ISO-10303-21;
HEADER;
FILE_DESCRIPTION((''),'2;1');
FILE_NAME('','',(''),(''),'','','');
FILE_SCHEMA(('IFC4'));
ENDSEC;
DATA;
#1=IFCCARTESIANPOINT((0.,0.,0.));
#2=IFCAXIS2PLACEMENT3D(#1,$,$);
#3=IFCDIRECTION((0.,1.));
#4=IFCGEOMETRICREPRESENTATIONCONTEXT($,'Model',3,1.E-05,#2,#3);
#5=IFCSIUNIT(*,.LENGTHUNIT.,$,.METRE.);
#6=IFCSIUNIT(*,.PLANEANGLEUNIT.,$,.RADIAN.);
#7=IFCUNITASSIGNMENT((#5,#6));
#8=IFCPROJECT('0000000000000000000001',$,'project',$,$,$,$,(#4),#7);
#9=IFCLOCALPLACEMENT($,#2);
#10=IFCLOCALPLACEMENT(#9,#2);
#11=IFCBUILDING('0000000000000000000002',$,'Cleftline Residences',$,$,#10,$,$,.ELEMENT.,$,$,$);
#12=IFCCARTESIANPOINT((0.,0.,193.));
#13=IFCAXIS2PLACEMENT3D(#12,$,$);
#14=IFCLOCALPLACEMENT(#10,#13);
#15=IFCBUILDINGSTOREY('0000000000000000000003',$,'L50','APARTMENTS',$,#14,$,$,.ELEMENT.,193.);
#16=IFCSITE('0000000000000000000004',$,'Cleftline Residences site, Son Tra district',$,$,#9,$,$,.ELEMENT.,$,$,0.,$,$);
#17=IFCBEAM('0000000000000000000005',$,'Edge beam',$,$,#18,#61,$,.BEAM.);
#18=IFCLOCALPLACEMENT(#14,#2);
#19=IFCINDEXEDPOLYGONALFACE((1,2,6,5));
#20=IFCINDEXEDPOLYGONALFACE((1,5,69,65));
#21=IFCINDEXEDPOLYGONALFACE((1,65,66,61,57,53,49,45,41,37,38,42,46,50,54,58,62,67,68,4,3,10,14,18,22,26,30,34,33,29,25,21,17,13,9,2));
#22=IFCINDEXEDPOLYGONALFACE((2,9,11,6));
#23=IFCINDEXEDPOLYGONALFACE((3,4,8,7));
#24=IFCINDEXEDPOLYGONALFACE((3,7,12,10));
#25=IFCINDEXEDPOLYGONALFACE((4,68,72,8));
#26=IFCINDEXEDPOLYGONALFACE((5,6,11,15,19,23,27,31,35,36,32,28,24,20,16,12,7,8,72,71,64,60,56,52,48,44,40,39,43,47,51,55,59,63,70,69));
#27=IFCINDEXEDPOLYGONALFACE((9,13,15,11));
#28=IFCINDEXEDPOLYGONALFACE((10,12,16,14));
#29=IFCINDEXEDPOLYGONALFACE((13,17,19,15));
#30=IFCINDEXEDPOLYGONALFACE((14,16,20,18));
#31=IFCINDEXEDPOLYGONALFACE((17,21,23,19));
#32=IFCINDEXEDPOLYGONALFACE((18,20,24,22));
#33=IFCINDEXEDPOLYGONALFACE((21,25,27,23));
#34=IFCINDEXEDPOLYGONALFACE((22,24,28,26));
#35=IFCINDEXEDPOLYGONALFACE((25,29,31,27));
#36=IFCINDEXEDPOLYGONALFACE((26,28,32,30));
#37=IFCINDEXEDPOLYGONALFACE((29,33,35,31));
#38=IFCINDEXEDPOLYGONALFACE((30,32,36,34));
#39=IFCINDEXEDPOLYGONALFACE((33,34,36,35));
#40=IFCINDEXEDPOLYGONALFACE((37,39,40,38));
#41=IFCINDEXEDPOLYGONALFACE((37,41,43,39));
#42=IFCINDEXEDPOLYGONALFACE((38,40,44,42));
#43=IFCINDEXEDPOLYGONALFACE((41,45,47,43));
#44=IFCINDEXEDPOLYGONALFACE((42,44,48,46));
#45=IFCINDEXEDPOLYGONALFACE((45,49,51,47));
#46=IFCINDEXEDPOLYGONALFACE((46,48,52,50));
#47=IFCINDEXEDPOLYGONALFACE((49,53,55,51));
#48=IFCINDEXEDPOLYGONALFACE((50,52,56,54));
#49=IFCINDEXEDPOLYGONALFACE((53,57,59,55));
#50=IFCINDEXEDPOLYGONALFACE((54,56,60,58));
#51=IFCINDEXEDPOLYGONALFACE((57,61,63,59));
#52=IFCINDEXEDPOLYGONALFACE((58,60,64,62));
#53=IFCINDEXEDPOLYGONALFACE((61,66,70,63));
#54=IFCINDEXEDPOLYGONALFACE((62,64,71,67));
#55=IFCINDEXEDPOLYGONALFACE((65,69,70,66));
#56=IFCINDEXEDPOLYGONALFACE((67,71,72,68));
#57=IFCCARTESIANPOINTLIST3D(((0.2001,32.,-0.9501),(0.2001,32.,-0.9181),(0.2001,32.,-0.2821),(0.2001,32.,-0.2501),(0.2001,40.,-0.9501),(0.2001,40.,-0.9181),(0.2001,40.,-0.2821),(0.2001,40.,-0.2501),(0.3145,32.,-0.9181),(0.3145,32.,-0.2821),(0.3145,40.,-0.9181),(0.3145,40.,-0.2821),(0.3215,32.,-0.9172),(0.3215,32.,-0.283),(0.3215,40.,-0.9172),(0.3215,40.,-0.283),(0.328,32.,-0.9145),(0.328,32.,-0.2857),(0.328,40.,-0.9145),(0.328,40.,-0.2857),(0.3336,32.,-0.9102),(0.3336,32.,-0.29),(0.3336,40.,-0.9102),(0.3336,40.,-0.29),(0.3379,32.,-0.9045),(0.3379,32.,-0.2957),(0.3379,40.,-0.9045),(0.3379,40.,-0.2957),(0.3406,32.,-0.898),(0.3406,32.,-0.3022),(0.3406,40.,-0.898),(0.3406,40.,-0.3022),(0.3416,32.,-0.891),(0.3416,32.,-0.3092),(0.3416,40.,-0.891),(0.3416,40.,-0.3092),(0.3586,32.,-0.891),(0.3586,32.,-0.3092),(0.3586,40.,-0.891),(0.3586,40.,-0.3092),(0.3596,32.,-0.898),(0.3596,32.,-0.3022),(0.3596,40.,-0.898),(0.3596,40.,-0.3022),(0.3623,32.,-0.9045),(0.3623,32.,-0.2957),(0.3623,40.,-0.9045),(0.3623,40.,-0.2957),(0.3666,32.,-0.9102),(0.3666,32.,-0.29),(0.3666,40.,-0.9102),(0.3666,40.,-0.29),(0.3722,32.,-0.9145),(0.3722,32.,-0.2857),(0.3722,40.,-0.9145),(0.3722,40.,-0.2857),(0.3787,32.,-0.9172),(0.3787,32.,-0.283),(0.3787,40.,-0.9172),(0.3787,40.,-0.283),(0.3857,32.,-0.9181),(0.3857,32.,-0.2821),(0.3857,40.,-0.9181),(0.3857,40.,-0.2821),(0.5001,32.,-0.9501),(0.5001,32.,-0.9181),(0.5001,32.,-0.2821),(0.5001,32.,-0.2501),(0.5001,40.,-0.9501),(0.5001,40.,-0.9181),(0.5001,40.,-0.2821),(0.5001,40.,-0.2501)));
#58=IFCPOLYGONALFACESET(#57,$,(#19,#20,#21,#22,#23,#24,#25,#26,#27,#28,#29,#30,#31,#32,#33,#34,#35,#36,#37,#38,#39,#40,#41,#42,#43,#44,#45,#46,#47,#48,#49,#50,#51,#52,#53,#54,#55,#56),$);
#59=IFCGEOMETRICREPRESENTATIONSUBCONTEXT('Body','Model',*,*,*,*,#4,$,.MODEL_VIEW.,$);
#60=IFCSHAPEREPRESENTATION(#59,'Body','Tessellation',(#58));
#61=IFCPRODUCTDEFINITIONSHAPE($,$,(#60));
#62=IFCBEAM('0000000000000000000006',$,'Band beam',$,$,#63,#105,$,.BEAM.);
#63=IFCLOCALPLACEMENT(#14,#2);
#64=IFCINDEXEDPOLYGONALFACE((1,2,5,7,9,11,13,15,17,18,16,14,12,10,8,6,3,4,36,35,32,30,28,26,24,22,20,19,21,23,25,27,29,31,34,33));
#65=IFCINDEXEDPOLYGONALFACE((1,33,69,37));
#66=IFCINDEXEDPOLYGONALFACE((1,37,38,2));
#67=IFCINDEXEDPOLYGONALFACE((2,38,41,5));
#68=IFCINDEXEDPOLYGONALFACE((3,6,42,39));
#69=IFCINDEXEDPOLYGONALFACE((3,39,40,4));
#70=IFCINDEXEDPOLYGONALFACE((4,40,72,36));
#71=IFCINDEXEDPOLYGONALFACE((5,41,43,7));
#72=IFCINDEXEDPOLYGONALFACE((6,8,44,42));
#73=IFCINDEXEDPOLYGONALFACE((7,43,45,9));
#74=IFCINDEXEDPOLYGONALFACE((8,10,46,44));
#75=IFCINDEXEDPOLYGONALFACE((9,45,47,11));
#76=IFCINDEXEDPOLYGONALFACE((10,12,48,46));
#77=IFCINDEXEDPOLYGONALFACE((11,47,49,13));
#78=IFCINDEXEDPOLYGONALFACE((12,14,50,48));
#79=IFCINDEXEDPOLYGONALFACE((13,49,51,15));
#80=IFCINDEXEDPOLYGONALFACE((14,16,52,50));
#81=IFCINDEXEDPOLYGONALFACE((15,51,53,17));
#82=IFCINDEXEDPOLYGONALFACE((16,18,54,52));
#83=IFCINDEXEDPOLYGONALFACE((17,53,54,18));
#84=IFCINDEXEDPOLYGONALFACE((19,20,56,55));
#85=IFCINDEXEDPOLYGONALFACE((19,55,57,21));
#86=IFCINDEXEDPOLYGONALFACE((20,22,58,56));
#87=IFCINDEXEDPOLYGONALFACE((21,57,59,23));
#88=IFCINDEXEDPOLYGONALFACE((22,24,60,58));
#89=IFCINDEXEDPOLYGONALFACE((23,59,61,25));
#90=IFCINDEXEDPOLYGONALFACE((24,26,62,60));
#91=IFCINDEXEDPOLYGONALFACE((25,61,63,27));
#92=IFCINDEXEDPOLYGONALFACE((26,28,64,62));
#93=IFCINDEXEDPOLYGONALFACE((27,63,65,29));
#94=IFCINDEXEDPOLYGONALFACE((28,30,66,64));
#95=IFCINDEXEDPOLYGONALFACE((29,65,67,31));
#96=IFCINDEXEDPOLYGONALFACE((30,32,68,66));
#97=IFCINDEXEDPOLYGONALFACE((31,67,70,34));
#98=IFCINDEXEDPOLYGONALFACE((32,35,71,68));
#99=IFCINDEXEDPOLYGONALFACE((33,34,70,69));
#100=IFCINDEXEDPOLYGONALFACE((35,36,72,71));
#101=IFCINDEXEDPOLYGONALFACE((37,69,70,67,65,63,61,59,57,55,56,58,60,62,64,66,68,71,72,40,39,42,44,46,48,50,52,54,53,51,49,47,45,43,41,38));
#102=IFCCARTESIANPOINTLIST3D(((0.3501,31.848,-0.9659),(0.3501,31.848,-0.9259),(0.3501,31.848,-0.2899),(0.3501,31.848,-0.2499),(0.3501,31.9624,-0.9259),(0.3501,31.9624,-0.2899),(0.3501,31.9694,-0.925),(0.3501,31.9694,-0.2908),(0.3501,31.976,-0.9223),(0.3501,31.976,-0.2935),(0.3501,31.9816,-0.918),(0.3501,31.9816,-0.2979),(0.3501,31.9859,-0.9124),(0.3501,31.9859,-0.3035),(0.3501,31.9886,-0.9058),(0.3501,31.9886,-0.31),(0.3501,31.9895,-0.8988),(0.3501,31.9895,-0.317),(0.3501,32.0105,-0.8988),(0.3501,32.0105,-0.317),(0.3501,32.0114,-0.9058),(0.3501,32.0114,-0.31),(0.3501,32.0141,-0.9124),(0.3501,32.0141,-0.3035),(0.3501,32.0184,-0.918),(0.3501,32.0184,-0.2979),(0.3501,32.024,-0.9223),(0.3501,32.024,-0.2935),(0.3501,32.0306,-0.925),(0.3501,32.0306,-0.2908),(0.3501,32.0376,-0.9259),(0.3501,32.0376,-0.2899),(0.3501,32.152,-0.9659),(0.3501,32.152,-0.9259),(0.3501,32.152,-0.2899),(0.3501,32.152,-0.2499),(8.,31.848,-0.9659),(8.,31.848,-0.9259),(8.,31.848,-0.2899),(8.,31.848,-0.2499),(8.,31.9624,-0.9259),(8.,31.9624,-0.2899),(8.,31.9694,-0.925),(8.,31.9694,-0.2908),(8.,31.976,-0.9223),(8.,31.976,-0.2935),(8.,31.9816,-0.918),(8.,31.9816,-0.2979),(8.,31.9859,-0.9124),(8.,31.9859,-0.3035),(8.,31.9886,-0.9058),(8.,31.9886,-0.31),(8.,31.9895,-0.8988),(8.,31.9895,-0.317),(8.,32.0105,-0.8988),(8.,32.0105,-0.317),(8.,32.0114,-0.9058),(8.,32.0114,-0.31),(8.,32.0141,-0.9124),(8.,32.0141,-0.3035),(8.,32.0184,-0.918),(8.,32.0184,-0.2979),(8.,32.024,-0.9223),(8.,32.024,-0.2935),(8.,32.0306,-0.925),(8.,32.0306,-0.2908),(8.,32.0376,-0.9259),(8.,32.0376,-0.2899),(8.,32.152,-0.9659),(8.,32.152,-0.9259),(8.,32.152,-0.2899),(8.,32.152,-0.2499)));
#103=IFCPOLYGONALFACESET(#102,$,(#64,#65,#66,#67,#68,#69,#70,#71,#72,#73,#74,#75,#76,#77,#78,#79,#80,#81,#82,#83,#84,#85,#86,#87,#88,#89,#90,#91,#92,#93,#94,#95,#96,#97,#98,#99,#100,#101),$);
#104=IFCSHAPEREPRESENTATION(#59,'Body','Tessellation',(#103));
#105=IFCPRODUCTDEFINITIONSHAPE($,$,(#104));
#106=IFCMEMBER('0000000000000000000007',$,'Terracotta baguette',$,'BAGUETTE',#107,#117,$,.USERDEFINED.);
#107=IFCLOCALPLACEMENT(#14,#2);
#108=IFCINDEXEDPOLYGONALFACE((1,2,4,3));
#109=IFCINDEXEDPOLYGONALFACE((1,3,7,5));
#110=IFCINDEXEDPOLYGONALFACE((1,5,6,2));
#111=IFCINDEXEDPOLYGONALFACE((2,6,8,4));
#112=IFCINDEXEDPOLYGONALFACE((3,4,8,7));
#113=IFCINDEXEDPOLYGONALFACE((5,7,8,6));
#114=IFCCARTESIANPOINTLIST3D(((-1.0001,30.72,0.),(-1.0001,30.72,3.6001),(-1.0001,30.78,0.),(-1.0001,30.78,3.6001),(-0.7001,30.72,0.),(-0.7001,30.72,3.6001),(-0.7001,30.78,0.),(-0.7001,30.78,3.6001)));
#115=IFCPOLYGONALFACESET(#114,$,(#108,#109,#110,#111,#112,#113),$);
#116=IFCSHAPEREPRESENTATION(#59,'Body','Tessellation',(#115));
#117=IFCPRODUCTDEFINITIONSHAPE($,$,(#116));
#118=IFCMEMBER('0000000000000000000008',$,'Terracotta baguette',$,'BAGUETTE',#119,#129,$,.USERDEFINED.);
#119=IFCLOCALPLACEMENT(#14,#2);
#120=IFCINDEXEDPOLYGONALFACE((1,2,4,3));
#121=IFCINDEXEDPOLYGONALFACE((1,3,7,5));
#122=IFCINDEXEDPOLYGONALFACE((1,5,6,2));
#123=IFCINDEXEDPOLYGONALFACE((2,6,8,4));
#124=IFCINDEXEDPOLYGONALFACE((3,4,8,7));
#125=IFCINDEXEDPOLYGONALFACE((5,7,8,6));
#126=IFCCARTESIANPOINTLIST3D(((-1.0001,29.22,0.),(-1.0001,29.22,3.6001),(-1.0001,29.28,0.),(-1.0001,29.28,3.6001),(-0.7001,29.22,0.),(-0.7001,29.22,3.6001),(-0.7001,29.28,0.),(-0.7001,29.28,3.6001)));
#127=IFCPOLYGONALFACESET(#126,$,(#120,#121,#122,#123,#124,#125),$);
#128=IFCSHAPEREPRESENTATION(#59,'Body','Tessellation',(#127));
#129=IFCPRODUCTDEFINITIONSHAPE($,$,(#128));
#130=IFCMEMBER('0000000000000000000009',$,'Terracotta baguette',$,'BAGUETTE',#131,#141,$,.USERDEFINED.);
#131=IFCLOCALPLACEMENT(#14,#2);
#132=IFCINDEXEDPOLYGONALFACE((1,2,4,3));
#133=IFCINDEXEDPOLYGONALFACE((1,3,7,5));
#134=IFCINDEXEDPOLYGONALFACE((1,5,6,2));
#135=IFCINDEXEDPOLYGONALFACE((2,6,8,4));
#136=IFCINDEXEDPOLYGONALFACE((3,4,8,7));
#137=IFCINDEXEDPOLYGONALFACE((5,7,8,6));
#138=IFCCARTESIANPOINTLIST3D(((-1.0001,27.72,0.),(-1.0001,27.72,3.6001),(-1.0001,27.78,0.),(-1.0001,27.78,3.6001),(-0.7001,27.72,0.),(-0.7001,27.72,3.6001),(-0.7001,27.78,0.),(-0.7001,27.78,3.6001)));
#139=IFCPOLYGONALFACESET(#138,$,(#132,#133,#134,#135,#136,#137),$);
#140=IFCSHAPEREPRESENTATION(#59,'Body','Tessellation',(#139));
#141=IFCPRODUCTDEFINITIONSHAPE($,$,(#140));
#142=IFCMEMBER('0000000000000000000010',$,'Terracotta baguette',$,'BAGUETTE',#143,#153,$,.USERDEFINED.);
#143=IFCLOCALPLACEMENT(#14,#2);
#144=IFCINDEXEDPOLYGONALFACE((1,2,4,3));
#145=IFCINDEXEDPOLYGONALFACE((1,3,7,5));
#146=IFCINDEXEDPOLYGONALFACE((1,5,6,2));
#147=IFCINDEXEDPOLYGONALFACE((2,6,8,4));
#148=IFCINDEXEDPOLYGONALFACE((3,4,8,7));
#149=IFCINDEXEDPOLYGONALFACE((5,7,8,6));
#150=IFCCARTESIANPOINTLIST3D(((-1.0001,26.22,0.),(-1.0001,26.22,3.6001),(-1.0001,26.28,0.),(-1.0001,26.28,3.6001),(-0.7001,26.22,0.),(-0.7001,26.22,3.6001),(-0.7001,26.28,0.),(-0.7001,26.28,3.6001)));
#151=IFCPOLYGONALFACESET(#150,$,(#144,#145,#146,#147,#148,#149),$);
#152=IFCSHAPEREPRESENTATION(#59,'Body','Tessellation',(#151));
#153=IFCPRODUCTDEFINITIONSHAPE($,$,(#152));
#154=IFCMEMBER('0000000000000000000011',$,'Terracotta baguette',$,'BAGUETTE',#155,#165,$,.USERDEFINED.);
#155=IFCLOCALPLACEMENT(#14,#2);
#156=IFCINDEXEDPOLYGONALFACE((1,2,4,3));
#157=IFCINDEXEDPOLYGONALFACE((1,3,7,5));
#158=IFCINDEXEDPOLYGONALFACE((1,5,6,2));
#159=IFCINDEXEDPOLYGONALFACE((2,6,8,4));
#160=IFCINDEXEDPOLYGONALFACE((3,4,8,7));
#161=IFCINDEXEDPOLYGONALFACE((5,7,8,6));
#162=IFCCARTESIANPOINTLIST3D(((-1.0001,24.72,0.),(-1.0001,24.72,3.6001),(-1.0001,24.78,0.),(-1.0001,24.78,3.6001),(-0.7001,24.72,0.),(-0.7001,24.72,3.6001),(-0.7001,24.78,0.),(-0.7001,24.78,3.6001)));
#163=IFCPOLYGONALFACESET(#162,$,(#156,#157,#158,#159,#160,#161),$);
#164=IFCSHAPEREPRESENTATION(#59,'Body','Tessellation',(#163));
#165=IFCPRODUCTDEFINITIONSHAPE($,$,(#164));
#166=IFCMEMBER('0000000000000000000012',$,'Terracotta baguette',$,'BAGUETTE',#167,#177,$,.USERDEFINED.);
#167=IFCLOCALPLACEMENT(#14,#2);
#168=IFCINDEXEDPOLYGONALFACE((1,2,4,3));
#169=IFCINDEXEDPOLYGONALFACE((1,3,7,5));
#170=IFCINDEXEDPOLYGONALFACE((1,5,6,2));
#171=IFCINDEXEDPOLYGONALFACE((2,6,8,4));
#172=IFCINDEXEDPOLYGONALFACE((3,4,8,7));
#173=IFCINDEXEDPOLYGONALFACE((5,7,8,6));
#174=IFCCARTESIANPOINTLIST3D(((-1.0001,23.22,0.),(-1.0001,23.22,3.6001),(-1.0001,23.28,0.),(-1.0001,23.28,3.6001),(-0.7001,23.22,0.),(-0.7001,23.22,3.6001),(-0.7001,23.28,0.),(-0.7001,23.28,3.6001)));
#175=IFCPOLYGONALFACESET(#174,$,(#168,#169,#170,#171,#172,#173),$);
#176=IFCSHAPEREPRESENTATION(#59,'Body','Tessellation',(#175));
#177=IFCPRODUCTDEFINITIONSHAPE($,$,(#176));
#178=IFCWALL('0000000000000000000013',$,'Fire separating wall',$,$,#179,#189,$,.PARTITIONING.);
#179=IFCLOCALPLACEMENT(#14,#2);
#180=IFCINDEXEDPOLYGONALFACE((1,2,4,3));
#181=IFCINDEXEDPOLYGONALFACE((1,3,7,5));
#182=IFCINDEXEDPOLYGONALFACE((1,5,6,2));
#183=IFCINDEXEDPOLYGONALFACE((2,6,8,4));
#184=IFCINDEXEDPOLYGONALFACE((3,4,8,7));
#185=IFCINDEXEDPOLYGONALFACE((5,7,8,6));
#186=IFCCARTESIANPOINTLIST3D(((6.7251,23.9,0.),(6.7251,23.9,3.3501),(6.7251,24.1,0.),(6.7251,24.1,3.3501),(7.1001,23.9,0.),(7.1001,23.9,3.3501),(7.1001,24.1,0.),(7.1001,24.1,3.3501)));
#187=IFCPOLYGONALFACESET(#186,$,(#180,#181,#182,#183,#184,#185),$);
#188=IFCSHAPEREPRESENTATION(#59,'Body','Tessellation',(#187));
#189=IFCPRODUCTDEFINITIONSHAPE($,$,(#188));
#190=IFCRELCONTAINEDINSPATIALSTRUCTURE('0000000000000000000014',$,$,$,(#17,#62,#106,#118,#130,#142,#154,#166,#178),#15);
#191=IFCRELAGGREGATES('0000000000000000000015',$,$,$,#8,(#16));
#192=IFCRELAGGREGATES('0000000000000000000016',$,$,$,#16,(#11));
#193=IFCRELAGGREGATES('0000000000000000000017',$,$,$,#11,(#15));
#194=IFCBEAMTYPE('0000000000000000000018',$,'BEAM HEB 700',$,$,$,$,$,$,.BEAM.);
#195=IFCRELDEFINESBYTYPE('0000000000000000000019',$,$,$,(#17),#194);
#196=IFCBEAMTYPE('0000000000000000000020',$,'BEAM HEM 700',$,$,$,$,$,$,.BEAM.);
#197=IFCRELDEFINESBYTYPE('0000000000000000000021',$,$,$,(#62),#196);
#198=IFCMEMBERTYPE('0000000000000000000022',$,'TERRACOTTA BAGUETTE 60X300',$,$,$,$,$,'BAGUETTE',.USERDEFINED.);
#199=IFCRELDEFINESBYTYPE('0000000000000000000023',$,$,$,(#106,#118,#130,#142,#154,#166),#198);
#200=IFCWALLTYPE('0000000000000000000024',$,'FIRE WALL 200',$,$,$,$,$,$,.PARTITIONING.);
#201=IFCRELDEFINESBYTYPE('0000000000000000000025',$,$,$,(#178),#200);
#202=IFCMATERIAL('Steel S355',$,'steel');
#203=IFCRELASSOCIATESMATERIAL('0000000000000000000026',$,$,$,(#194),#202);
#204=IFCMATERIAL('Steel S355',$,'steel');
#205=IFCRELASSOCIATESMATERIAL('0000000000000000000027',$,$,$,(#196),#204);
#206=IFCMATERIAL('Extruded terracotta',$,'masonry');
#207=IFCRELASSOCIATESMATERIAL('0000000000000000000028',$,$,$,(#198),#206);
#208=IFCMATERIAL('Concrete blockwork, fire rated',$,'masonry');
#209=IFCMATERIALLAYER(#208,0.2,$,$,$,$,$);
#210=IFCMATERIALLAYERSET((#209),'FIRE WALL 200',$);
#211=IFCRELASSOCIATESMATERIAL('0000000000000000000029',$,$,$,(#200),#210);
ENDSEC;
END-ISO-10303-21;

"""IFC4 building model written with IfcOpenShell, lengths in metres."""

from ifc_helpers import new_model, si_unit, direction, frame, frame_2d, origin, origin_2d, place, context, subcontext, project, spatial, rectangle, i_section, extrude, material, layer, layer_set, material_profile, profile_set, type_object, element, save


model = new_model("IFC4")

# Units and contexts
model_context = context("Model", 3, precision=1e-05, world=origin(), true_north=direction((0.0, 1.0)))
body_context = subcontext(model_context, "Body", "Model", "MODEL_VIEW")
ifc_project = project(units=[si_unit("LENGTHUNIT", "METRE"), si_unit("PLANEANGLEUNIT", "RADIAN")], contexts=[model_context])

# Site, building, storey
site_placement = place(None, origin())
site = spatial("IfcSite", under=ifc_project, at=site_placement, Name="Cleftline Residences site, Son Tra district", CompositionType="ELEMENT", RefElevation=0.0)
building_placement = place(site_placement, origin())
building = spatial("IfcBuilding", under=site, at=building_placement, Name="Cleftline Residences", CompositionType="ELEMENT")
storey_placement = place(building_placement, frame((0.0, 0.0, 193.0)))
storey = spatial("IfcBuildingStorey", under=building, at=storey_placement, Name="L50", Description="APARTMENTS", CompositionType="ELEMENT", Elevation=193.0)

# Beams
ifc_material_1 = material(Name="Steel S355", Category="steel")
ifc_material_profile_1 = material_profile(ifc_material_1, i_section(OverallWidth=0.3, OverallDepth=0.7, WebThickness=0.0171, FlangeThickness=0.032, FilletRadius=0.0271, at=origin_2d()))
ifc_profile_set_1 = profile_set([ifc_material_profile_1], Name="Steel S355")
beam_type_1 = type_object("IfcBeamType", Name="BEAM HEB 700", PredefinedType="BEAM", material=ifc_profile_set_1)
for number, where, z_axis, x_axis, name in (
    (1, (0.3501, 32.0, -0.6001), (0.0, 1.0, 0.0), (-1.0, 0.0, 0.0), "Edge beam"),
):
    element("IfcBeam", number, at=place(storey_placement, frame(where, z_axis=z_axis, x_axis=x_axis)), inside=storey, type_object=beam_type_1, Name=name, PredefinedType="BEAM", context=body_context, shape_type="SweptSolid", body=[
        extrude(i_section(OverallWidth=0.3, OverallDepth=0.7, WebThickness=0.0171, FlangeThickness=0.032, FilletRadius=0.0271, at=origin_2d()), origin(), (0.0, 0.0, 1.0), 8.0),
    ])
ifc_material_2 = material(Name="Steel S355", Category="steel")
ifc_material_profile_2 = material_profile(ifc_material_2, i_section(OverallWidth=0.304, OverallDepth=0.7161, WebThickness=0.021, FlangeThickness=0.04, FilletRadius=0.0271, at=origin_2d()))
ifc_profile_set_2 = profile_set([ifc_material_profile_2], Name="Steel S355")
beam_type_2 = type_object("IfcBeamType", Name="BEAM HEM 700", PredefinedType="BEAM", material=ifc_profile_set_2)
beam_placement = place(storey_placement, frame((0.3501, 32.0, -0.6079), z_axis=(1.0, 0.0, 0.0), x_axis=(0.0, 1.0, 0.0)))
element("IfcBeam", 2, at=beam_placement, inside=storey, type_object=beam_type_2, Name="Band beam", PredefinedType="BEAM", context=body_context, shape_type="SweptSolid", body=[
    extrude(i_section(OverallWidth=0.304, OverallDepth=0.7161, WebThickness=0.021, FlangeThickness=0.04, FilletRadius=0.0271, at=origin_2d()), origin(), (0.0, 0.0, 1.0), 7.6499),
])

# Members
ifc_material_3 = material(Name="Extruded terracotta", Category="masonry")
ifc_material_profile_3 = material_profile(ifc_material_3, rectangle(XDim=0.0601, YDim=0.3, at=origin_2d()))
ifc_profile_set_3 = profile_set([ifc_material_profile_3], Name="Extruded terracotta")
member_type_1 = type_object("IfcMemberType", Name="TERRACOTTA BAGUETTE 60X300", ElementType="BAGUETTE", PredefinedType="USERDEFINED", material=ifc_profile_set_3)
for number, where, z_axis, x_axis, name in (
    (3, (-0.8501, 30.75, 0.0), (0.0, 0.0, 1.0), (0.0, 1.0, 0.0), "Terracotta baguette"),
    (4, (-0.8501, 29.25, 0.0), (0.0, 0.0, 1.0), (0.0, 1.0, 0.0), "Terracotta baguette"),
    (5, (-0.8501, 27.75, 0.0), (0.0, 0.0, 1.0), (0.0, 1.0, 0.0), "Terracotta baguette"),
    (6, (-0.8501, 26.25, 0.0), (0.0, 0.0, 1.0), (0.0, 1.0, 0.0), "Terracotta baguette"),
    (7, (-0.8501, 24.75, 0.0), (0.0, 0.0, 1.0), (0.0, 1.0, 0.0), "Terracotta baguette"),
    (8, (-0.8501, 23.25, 0.0), (0.0, 0.0, 1.0), (0.0, 1.0, 0.0), "Terracotta baguette"),
):
    element("IfcMember", number, at=place(storey_placement, frame(where, z_axis=z_axis, x_axis=x_axis)), inside=storey, type_object=member_type_1, Name=name, ObjectType="BAGUETTE", PredefinedType="USERDEFINED", context=body_context, shape_type="SweptSolid", body=[
        extrude(rectangle(XDim=0.0601, YDim=0.3, at=origin_2d()), origin(), (0.0, 0.0, 1.0), 3.6001),
    ])

# Wall
ifc_material_4 = material(Name="Concrete blockwork, fire rated", Category="masonry")
ifc_layer_1 = layer(ifc_material_4, 0.2)
ifc_layer_set_1 = layer_set([ifc_layer_1], Name="FIRE WALL 200")
wall_type_1 = type_object("IfcWallType", Name="FIRE WALL 200", PredefinedType="PARTITIONING", material=ifc_layer_set_1)
wall_1_placement = place(storey_placement, frame((6.7251, 24.0, 0.0), z_axis=(0.0, 0.0, 1.0), x_axis=(1.0, 0.0, 0.0)))
element("IfcWall", 9, at=wall_1_placement, inside=storey, type_object=wall_type_1, Name="Fire separating wall", PredefinedType="PARTITIONING", context=body_context, shape_type="SweptSolid", body=[
    extrude(rectangle(XDim=0.375, YDim=0.2, at=frame_2d((0.1875, 0.0))), origin(), (0.0, 0.0, 1.0), 3.3501),
])

save(model, "model.ifc")
